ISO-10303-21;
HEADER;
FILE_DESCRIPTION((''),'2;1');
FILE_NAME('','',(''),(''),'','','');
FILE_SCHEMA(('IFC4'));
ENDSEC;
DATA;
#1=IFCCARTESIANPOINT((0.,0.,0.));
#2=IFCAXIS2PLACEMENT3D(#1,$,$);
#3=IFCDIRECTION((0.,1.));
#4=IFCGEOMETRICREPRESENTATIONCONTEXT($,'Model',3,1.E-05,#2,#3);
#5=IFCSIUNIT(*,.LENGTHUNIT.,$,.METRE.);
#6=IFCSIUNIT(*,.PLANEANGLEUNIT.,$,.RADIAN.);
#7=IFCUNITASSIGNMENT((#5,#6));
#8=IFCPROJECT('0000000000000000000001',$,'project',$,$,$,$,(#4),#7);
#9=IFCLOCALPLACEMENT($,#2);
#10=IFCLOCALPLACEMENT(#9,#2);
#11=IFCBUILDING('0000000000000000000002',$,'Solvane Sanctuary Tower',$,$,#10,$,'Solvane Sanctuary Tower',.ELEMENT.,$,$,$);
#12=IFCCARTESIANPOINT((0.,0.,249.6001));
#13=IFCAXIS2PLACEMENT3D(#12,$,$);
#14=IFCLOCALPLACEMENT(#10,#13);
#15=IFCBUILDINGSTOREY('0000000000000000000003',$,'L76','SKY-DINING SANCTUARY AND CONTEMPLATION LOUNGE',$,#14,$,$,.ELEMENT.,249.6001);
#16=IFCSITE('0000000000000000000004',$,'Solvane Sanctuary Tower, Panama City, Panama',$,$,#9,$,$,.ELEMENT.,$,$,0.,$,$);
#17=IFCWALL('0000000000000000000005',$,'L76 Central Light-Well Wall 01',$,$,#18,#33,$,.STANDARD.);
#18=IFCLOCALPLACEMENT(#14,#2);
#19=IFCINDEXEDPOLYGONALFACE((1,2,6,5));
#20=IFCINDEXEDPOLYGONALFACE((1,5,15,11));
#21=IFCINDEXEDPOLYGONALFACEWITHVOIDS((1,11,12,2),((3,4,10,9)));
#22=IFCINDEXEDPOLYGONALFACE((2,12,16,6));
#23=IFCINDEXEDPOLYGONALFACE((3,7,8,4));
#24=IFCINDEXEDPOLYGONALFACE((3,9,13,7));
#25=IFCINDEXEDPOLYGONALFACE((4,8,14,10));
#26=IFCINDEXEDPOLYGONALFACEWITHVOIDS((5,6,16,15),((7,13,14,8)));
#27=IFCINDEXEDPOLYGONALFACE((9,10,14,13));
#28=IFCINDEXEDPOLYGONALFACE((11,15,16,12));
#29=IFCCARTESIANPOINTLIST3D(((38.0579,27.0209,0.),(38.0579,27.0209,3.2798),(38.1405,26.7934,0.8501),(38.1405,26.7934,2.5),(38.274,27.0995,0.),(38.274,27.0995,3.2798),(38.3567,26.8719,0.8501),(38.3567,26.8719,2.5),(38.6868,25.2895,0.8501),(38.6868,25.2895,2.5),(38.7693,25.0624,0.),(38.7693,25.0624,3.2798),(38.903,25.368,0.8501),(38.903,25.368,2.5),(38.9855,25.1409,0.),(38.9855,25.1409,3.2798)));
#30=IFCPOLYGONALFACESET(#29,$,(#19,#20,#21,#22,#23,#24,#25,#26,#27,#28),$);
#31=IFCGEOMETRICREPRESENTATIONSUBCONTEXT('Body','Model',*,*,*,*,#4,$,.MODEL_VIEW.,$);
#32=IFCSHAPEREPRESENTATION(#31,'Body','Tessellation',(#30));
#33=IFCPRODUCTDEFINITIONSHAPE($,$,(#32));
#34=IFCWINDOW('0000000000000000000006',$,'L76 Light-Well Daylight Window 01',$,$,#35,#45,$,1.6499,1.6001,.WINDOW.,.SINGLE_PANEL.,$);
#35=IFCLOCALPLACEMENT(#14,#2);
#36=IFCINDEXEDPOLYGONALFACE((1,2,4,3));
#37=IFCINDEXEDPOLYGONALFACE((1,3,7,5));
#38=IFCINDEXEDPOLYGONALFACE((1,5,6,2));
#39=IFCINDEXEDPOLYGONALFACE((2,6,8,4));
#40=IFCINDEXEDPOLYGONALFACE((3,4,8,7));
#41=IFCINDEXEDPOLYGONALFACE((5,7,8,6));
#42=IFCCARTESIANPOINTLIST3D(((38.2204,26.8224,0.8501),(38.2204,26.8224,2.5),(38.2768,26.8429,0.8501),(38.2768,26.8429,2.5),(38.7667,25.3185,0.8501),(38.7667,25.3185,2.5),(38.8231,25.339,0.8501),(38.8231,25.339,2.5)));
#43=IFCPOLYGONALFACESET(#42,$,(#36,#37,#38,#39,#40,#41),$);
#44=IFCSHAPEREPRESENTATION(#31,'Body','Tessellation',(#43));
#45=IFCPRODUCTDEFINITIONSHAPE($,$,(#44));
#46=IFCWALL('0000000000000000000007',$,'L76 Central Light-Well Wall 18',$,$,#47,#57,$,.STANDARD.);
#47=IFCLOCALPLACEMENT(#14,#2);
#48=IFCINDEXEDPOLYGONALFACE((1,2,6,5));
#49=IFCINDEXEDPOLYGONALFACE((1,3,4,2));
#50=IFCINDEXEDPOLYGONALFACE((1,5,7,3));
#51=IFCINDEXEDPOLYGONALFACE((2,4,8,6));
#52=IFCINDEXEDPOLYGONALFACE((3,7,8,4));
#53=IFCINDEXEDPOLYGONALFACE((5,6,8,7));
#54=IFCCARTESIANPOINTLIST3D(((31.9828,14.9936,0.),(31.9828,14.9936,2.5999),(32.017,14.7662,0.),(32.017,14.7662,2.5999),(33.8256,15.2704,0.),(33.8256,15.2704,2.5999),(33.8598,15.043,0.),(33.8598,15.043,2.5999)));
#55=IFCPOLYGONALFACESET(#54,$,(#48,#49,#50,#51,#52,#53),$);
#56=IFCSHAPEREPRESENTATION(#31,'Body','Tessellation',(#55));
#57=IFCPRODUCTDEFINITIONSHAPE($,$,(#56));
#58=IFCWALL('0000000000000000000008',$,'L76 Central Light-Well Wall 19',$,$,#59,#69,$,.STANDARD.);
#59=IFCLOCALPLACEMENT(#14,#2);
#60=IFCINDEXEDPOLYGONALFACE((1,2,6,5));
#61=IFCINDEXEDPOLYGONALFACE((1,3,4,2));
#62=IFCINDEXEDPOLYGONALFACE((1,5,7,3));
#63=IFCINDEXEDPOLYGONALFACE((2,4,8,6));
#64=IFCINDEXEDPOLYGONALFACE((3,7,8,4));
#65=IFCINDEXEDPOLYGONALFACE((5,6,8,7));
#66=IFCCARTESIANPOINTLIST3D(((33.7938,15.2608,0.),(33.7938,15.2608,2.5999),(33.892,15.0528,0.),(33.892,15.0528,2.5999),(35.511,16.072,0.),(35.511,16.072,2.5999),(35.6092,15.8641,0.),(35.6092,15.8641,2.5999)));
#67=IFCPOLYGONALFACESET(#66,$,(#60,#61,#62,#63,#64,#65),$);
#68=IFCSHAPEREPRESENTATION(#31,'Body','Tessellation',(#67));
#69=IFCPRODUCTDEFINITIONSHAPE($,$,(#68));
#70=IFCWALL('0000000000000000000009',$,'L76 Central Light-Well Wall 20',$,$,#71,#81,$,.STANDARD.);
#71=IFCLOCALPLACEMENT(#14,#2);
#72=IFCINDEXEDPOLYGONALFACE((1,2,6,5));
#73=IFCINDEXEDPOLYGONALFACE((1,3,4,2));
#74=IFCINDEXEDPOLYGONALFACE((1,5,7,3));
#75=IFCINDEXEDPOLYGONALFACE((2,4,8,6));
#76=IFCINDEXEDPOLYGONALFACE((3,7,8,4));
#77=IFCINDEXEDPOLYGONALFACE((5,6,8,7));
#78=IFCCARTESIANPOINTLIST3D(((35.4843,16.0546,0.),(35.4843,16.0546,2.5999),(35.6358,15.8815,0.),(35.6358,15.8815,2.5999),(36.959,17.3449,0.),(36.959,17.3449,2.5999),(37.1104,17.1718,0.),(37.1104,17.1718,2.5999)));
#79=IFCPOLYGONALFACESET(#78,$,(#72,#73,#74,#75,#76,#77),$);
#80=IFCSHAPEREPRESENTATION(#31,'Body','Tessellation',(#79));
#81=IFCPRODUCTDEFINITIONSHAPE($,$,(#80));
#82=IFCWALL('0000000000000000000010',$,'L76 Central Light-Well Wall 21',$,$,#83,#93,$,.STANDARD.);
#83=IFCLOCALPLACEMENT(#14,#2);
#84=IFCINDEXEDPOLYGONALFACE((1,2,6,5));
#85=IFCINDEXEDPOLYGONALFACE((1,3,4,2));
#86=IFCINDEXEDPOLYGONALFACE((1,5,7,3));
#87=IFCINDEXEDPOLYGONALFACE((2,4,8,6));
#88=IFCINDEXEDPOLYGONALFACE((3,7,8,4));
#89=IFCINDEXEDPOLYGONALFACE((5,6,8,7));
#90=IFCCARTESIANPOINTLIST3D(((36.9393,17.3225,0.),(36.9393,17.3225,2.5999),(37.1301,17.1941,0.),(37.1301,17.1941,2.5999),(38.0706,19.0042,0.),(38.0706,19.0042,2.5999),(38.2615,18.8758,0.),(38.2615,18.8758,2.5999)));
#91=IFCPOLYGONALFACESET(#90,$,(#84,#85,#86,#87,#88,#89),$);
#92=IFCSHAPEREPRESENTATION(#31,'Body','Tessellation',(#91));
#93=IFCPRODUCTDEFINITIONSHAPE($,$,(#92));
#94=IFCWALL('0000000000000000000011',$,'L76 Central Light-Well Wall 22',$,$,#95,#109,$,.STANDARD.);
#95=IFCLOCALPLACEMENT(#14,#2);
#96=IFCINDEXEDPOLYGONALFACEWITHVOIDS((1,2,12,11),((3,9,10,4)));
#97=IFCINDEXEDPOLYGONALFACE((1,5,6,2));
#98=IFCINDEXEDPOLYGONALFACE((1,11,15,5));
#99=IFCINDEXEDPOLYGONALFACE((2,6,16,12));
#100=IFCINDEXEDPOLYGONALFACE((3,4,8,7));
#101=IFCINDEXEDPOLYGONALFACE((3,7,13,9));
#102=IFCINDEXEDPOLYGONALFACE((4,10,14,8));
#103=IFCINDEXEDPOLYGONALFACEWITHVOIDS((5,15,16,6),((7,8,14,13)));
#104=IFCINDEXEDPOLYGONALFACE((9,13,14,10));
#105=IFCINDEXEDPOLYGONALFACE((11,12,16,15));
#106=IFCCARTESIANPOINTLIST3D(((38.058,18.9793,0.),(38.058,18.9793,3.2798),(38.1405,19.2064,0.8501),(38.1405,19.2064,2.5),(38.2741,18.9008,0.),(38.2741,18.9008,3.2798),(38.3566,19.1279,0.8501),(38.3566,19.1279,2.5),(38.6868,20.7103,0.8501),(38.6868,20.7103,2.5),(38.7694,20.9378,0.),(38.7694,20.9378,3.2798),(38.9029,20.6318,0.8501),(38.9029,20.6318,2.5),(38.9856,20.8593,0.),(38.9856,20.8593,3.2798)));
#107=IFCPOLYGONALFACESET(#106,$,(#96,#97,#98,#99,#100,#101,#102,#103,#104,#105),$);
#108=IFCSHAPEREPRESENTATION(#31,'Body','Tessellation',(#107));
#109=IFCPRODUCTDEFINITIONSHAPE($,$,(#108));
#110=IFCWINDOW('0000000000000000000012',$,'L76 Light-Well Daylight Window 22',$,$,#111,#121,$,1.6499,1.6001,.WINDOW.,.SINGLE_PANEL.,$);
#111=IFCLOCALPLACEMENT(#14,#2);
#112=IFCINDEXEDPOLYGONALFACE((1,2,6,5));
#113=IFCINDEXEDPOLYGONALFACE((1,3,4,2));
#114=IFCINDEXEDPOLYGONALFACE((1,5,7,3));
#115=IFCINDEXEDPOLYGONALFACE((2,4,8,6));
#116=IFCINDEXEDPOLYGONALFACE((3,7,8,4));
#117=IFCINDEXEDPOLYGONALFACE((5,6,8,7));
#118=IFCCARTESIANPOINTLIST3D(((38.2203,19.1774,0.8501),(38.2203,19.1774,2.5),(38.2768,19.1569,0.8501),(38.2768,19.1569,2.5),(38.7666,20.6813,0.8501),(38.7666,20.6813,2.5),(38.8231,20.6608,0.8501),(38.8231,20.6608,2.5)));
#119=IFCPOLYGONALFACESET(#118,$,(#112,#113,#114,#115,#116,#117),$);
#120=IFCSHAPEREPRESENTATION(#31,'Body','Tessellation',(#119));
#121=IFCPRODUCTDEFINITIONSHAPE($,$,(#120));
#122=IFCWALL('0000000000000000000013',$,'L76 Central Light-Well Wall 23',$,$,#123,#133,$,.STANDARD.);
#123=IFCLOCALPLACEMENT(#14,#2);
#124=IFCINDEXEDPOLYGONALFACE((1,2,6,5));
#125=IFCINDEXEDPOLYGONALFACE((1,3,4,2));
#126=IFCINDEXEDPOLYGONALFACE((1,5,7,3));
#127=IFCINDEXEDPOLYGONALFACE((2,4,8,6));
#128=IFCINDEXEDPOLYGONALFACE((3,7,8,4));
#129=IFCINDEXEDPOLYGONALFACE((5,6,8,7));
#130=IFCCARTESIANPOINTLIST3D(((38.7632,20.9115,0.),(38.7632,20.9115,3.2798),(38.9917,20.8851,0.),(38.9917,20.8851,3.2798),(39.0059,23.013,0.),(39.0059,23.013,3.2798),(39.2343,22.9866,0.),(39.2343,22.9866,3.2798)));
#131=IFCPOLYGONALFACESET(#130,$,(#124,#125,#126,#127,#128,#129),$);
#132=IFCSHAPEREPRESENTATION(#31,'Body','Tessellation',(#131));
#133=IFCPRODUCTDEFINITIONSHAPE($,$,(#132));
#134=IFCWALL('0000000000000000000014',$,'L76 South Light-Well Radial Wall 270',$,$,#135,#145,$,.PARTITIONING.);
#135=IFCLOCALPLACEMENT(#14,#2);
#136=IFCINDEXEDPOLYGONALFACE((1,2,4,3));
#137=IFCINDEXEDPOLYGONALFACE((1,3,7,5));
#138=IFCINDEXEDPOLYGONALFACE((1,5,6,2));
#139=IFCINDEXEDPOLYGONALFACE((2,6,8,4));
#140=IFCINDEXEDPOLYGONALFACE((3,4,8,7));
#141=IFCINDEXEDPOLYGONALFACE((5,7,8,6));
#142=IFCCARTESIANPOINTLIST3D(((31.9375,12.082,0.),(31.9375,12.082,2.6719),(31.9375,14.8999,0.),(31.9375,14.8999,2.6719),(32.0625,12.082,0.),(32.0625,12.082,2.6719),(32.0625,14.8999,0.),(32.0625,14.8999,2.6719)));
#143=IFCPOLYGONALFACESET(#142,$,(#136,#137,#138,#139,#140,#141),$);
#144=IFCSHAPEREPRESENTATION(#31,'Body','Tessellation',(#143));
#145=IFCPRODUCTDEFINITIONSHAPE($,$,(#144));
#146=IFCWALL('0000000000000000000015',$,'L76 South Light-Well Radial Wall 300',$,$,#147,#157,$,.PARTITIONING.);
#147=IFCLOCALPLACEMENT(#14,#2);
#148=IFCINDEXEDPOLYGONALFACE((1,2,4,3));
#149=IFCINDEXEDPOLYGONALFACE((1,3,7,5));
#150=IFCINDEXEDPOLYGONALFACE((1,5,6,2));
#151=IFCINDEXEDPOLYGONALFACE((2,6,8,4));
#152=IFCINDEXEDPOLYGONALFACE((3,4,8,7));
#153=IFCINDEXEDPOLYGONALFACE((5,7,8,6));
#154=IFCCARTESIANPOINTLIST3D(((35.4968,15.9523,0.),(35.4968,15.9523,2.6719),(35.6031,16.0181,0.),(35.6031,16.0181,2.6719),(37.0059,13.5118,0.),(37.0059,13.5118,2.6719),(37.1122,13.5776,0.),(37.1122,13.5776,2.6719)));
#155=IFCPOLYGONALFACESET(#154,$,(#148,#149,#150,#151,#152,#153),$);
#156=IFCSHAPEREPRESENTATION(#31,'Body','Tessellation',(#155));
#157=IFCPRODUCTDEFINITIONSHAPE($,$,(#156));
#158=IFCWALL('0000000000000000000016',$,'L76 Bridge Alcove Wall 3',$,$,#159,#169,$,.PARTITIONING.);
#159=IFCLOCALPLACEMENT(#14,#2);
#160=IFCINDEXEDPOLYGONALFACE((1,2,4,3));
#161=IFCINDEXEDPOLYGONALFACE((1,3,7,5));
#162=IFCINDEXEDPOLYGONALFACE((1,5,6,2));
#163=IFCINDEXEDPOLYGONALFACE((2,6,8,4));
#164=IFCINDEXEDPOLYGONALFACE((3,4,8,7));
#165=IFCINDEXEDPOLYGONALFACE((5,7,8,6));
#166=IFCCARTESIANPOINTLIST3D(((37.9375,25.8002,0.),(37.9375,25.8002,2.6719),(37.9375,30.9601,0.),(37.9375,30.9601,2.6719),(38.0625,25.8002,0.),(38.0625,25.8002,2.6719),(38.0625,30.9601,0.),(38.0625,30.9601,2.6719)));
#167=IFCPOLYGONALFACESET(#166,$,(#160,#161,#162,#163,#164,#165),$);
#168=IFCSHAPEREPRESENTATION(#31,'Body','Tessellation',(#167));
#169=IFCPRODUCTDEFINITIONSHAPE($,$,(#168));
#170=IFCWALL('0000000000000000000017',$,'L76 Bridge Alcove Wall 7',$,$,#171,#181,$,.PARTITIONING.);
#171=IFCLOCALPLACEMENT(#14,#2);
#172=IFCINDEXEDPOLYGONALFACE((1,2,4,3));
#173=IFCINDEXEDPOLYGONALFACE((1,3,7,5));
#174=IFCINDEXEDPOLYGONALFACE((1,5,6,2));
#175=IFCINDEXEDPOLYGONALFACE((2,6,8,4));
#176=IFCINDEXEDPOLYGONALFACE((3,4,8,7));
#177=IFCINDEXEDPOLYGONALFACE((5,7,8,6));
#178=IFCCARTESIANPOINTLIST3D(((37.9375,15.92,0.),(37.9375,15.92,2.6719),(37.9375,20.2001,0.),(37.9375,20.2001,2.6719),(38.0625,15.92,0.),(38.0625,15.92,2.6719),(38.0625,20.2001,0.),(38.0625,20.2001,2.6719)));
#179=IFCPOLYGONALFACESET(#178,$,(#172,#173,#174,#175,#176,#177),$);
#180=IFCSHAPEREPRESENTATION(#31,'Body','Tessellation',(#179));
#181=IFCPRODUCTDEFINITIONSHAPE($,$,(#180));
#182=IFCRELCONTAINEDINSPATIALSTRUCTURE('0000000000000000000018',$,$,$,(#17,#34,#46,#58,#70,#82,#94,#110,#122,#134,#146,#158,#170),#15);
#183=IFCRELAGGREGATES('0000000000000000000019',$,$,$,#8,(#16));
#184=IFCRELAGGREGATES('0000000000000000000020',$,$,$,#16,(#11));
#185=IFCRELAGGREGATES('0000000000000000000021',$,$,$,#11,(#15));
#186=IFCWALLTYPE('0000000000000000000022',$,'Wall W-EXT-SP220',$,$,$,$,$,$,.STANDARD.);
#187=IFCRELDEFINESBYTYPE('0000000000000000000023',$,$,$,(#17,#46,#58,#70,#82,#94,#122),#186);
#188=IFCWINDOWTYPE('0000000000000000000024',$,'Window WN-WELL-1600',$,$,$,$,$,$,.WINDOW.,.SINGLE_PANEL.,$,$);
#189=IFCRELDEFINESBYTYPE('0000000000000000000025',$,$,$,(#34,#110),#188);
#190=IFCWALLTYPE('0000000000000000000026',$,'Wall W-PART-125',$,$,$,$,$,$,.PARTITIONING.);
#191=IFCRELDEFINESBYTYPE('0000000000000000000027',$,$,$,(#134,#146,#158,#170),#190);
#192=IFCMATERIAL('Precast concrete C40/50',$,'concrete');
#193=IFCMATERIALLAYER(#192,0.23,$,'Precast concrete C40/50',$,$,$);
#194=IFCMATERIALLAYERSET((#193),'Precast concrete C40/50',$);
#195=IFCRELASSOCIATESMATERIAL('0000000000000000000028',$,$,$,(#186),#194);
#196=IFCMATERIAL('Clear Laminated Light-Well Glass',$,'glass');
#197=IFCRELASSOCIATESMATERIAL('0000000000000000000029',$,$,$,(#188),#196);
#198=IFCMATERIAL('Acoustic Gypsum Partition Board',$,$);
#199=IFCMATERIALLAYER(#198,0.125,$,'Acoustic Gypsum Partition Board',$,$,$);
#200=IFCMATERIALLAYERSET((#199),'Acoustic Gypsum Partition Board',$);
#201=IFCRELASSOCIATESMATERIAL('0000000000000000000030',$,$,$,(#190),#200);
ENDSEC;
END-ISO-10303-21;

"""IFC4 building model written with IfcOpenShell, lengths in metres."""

from ifc_helpers import new_model, si_unit, direction, frame, frame_2d, origin, place, context, subcontext, project, spatial, rectangle, extrude, material, layer, layer_set, type_object, element, fill, save


model = new_model("IFC4")

# Units and contexts
model_context = context("Model", 3, precision=1e-05, world=origin(), true_north=direction((0.0, 1.0)))
body_context = subcontext(model_context, "Body", "Model", "MODEL_VIEW")
ifc_project = project(units=[si_unit("LENGTHUNIT", "METRE"), si_unit("PLANEANGLEUNIT", "RADIAN")], contexts=[model_context])

# Site, building, storey
site_placement = place(None, origin())
site = spatial("IfcSite", under=ifc_project, at=site_placement, Name="Solvane Sanctuary Tower, Panama City, Panama", CompositionType="ELEMENT", RefElevation=0.0)
building_placement = place(site_placement, origin())
building = spatial("IfcBuilding", under=site, at=building_placement, Name="Solvane Sanctuary Tower", LongName="Solvane Sanctuary Tower", CompositionType="ELEMENT")
storey_placement = place(building_placement, frame((0.0, 0.0, 249.6001)))
storey = spatial("IfcBuildingStorey", under=building, at=storey_placement, Name="L76", Description="SKY-DINING SANCTUARY AND CONTEMPLATION LOUNGE", CompositionType="ELEMENT", Elevation=249.6001)

# Shared definitions
ifc_material_1 = material(Name="Acoustic Gypsum Partition Board")
ifc_material_2 = material(Name="Precast concrete C40/50", Category="concrete")
ifc_layer_1 = layer(ifc_material_2, 0.23, Name="Precast concrete C40/50")
ifc_layer_set_1 = layer_set([ifc_layer_1], Name="Precast concrete C40/50")
wall_type_1 = type_object("IfcWallType", Name="Wall W-EXT-SP220", PredefinedType="STANDARD", material=ifc_layer_set_1)

# Wall, opening, window
wall_1_placement = place(storey_placement, frame((38.8774, 25.1016, 0.0), z_axis=(0.0, 0.0, 1.0), x_axis=(-0.341423, 0.93991, 0.0)))
wall_1 = element("IfcWall", 1, at=wall_1_placement, inside=storey, type_object=wall_type_1, Name="L76 Central Light-Well Wall 01", PredefinedType="STANDARD", context=body_context, shape_type="SweptSolid", body=[
    extrude(rectangle(XDim=2.0837, YDim=0.23, at=frame_2d((1.042, 0.0))), origin(), (0.0, 0.0, 1.0), 3.2798),
])
opening_1_placement = place(wall_1_placement, frame((0.2417, 0.0, 0.8501)))
opening_1 = element("IfcOpeningElement", 2, at=opening_1_placement, cuts=wall_1, PredefinedType="OPENING", context=body_context, shape_type="SweptSolid", body=[
    extrude(rectangle(XDim=1.6001, YDim=1.6499, at=frame_2d((0.8, 0.825))), frame((0.0, 0.125, 0.0), z_axis=(0.0, -1.0, 0.0), x_axis=(1.0, 0.0, 0.0)), (0.0, 0.0, 1.0), 0.25),
])
ifc_material_3 = material(Name="Clear Laminated Light-Well Glass", Category="glass")
window_type = type_object("IfcWindowType", Name="Window WN-WELL-1600", PartitioningType="SINGLE_PANEL", PredefinedType="WINDOW", material=ifc_material_3)
window_1_placement = place(opening_1_placement, origin())
window_1 = element("IfcWindow", 3, at=window_1_placement, inside=storey, type_object=window_type, Name="L76 Light-Well Daylight Window 01", OverallHeight=1.6499, OverallWidth=1.6001, PartitioningType="SINGLE_PANEL", PredefinedType="WINDOW", context=body_context, shape_type="SweptSolid", body=[
    extrude(rectangle(XDim=1.6001, YDim=1.6499, at=frame_2d((0.8, 0.825))), frame((0.0, 0.03, 0.0), z_axis=(0.0, -1.0, 0.0), x_axis=(1.0, 0.0, 0.0)), (0.0, 0.0, 1.0), 0.0601),
])
fill(opening_1, window_1)

# Walls
wall_2_placement = place(storey_placement, frame((32.0, 14.8799, 0.0), z_axis=(0.0, 0.0, 1.0), x_axis=(0.988902, 0.148571, 0.0)))
element("IfcWall", 4, at=wall_2_placement, inside=storey, type_object=wall_type_1, Name="L76 Central Light-Well Wall 18", PredefinedType="STANDARD", context=body_context, shape_type="SweptSolid", body=[
    extrude(rectangle(XDim=1.8635, YDim=0.23, at=frame_2d((0.9316, 0.0))), origin(), (0.0, 0.0, 1.0), 2.5999),
])
wall_3_placement = place(storey_placement, frame((33.8428, 15.1567, 0.0), z_axis=(0.0, 0.0, 1.0), x_axis=(0.90418, 0.427152, 0.0)))
element("IfcWall", 5, at=wall_3_placement, inside=storey, type_object=wall_type_1, Name="L76 Central Light-Well Wall 19", PredefinedType="STANDARD", context=body_context, shape_type="SweptSolid", body=[
    extrude(rectangle(XDim=1.8992, YDim=0.23, at=frame_2d((0.9497, 0.0))), origin(), (0.0, 0.0, 1.0), 2.5999),
])
wall_4_placement = place(storey_placement, frame((35.5601, 15.968, 0.0), z_axis=(0.0, 0.0, 1.0), x_axis=(0.752577, 0.658505, 0.0)))
element("IfcWall", 6, at=wall_4_placement, inside=storey, type_object=wall_type_1, Name="L76 Central Light-Well Wall 20", PredefinedType="STANDARD", context=body_context, shape_type="SweptSolid", body=[
    extrude(rectangle(XDim=1.9595, YDim=0.23, at=frame_2d((0.9797, 0.0))), origin(), (0.0, 0.0, 1.0), 2.5999),
])
wall_5_placement = place(storey_placement, frame((37.0347, 17.2583, 0.0), z_axis=(0.0, 0.0, 1.0), x_axis=(0.558198, 0.829708, 0.0)))
element("IfcWall", 7, at=wall_5_placement, inside=storey, type_object=wall_type_1, Name="L76 Central Light-Well Wall 21", PredefinedType="STANDARD", context=body_context, shape_type="SweptSolid", body=[
    extrude(rectangle(XDim=2.0269, YDim=0.23, at=frame_2d((1.0134, 0.0))), origin(), (0.0, 0.0, 1.0), 2.5999),
])

# Wall, opening, window
wall_6_placement = place(storey_placement, frame((38.166, 18.9399, 0.0), z_axis=(0.0, 0.0, 1.0), x_axis=(0.341423, 0.93991, 0.0)))
wall_6 = element("IfcWall", 8, at=wall_6_placement, inside=storey, type_object=wall_type_1, Name="L76 Central Light-Well Wall 22", PredefinedType="STANDARD", context=body_context, shape_type="SweptSolid", body=[
    extrude(rectangle(XDim=2.0837, YDim=0.23, at=frame_2d((1.042, 0.0))), origin(), (0.0, 0.0, 1.0), 3.2798),
])
opening_2_placement = place(wall_6_placement, frame((0.2417, 0.0, 0.8501)))
opening_2 = element("IfcOpeningElement", 9, at=opening_2_placement, cuts=wall_6, PredefinedType="OPENING", context=body_context, shape_type="SweptSolid", body=[
    extrude(rectangle(XDim=1.6001, YDim=1.6499, at=frame_2d((0.8, 0.825))), frame((0.0, 0.125, 0.0), z_axis=(0.0, -1.0, 0.0), x_axis=(1.0, 0.0, 0.0)), (0.0, 0.0, 1.0), 0.25),
])
window_2_placement = place(opening_2_placement, origin())
window_2 = element("IfcWindow", 10, at=window_2_placement, inside=storey, type_object=window_type, Name="L76 Light-Well Daylight Window 22", OverallHeight=1.6499, OverallWidth=1.6001, PartitioningType="SINGLE_PANEL", PredefinedType="WINDOW", context=body_context, shape_type="SweptSolid", body=[
    extrude(rectangle(XDim=1.6001, YDim=1.6499, at=frame_2d((0.8, 0.825))), frame((0.0, 0.03, 0.0), z_axis=(0.0, -1.0, 0.0), x_axis=(1.0, 0.0, 0.0)), (0.0, 0.0, 1.0), 0.0601),
])
fill(opening_2, window_2)

# Walls
wall_7_placement = place(storey_placement, frame((38.8774, 20.8984, 0.0), z_axis=(0.0, 0.0, 1.0), x_axis=(0.114712, 0.993399, 0.0)))
element("IfcWall", 11, at=wall_7_placement, inside=storey, type_object=wall_type_1, Name="L76 Central Light-Well Wall 23", PredefinedType="STANDARD", context=body_context, shape_type="SweptSolid", body=[
    extrude(rectangle(XDim=2.1155, YDim=0.23, at=frame_2d((1.0576, 0.0))), origin(), (0.0, 0.0, 1.0), 3.2798),
])
ifc_layer_2 = layer(ifc_material_1, 0.125, Name="Acoustic Gypsum Partition Board")
ifc_layer_set_2 = layer_set([ifc_layer_2], Name="Acoustic Gypsum Partition Board")
wall_type_2 = type_object("IfcWallType", Name="Wall W-PART-125", PredefinedType="PARTITIONING", material=ifc_layer_set_2)
wall_8_placement = place(storey_placement, frame((32.0, 14.8999, 0.0), z_axis=(0.0, 0.0, 1.0), x_axis=(0.0, -1.0, 0.0)))
element("IfcWall", 12, at=wall_8_placement, inside=storey, type_object=wall_type_2, Name="L76 South Light-Well Radial Wall 270", PredefinedType="PARTITIONING", context=body_context, shape_type="SweptSolid", body=[
    extrude(rectangle(XDim=2.8179, YDim=0.125, at=frame_2d((1.4089, 0.0))), origin(), (0.0, 0.0, 1.0), 2.6719),
])
wall_9_placement = place(storey_placement, frame((35.55, 15.9851, 0.0), z_axis=(0.0, 0.0, 1.0), x_axis=(0.525924, -0.850532, 0.0)))
element("IfcWall", 13, at=wall_9_placement, inside=storey, type_object=wall_type_2, Name="L76 South Light-Well Radial Wall 300", PredefinedType="PARTITIONING", context=body_context, shape_type="SweptSolid", body=[
    extrude(rectangle(XDim=2.8694, YDim=0.125, at=frame_2d((1.4346, 0.0))), origin(), (0.0, 0.0, 1.0), 2.6719),
])
wall_10_placement = place(storey_placement, frame((38.0, 25.8, 0.0), z_axis=(0.0, 0.0, 1.0), x_axis=(0.0, 1.0, 0.0)))
element("IfcWall", 14, at=wall_10_placement, inside=storey, type_object=wall_type_2, Name="L76 Bridge Alcove Wall 3", PredefinedType="PARTITIONING", context=body_context, shape_type="SweptSolid", body=[
    extrude(rectangle(XDim=5.1599, YDim=0.125, at=frame_2d((2.5801, 0.0))), origin(), (0.0, 0.0, 1.0), 2.6719),
])
wall_11_placement = place(storey_placement, frame((38.0, 15.9199, 0.0), z_axis=(0.0, 0.0, 1.0), x_axis=(0.0, 1.0, 0.0)))
element("IfcWall", 15, at=wall_11_placement, inside=storey, type_object=wall_type_2, Name="L76 Bridge Alcove Wall 7", PredefinedType="PARTITIONING", context=body_context, shape_type="SweptSolid", body=[
    extrude(rectangle(XDim=4.28, YDim=0.125, at=frame_2d((2.1401, 0.0))), origin(), (0.0, 0.0, 1.0), 2.6719),
])

save(model, "model.ifc")
